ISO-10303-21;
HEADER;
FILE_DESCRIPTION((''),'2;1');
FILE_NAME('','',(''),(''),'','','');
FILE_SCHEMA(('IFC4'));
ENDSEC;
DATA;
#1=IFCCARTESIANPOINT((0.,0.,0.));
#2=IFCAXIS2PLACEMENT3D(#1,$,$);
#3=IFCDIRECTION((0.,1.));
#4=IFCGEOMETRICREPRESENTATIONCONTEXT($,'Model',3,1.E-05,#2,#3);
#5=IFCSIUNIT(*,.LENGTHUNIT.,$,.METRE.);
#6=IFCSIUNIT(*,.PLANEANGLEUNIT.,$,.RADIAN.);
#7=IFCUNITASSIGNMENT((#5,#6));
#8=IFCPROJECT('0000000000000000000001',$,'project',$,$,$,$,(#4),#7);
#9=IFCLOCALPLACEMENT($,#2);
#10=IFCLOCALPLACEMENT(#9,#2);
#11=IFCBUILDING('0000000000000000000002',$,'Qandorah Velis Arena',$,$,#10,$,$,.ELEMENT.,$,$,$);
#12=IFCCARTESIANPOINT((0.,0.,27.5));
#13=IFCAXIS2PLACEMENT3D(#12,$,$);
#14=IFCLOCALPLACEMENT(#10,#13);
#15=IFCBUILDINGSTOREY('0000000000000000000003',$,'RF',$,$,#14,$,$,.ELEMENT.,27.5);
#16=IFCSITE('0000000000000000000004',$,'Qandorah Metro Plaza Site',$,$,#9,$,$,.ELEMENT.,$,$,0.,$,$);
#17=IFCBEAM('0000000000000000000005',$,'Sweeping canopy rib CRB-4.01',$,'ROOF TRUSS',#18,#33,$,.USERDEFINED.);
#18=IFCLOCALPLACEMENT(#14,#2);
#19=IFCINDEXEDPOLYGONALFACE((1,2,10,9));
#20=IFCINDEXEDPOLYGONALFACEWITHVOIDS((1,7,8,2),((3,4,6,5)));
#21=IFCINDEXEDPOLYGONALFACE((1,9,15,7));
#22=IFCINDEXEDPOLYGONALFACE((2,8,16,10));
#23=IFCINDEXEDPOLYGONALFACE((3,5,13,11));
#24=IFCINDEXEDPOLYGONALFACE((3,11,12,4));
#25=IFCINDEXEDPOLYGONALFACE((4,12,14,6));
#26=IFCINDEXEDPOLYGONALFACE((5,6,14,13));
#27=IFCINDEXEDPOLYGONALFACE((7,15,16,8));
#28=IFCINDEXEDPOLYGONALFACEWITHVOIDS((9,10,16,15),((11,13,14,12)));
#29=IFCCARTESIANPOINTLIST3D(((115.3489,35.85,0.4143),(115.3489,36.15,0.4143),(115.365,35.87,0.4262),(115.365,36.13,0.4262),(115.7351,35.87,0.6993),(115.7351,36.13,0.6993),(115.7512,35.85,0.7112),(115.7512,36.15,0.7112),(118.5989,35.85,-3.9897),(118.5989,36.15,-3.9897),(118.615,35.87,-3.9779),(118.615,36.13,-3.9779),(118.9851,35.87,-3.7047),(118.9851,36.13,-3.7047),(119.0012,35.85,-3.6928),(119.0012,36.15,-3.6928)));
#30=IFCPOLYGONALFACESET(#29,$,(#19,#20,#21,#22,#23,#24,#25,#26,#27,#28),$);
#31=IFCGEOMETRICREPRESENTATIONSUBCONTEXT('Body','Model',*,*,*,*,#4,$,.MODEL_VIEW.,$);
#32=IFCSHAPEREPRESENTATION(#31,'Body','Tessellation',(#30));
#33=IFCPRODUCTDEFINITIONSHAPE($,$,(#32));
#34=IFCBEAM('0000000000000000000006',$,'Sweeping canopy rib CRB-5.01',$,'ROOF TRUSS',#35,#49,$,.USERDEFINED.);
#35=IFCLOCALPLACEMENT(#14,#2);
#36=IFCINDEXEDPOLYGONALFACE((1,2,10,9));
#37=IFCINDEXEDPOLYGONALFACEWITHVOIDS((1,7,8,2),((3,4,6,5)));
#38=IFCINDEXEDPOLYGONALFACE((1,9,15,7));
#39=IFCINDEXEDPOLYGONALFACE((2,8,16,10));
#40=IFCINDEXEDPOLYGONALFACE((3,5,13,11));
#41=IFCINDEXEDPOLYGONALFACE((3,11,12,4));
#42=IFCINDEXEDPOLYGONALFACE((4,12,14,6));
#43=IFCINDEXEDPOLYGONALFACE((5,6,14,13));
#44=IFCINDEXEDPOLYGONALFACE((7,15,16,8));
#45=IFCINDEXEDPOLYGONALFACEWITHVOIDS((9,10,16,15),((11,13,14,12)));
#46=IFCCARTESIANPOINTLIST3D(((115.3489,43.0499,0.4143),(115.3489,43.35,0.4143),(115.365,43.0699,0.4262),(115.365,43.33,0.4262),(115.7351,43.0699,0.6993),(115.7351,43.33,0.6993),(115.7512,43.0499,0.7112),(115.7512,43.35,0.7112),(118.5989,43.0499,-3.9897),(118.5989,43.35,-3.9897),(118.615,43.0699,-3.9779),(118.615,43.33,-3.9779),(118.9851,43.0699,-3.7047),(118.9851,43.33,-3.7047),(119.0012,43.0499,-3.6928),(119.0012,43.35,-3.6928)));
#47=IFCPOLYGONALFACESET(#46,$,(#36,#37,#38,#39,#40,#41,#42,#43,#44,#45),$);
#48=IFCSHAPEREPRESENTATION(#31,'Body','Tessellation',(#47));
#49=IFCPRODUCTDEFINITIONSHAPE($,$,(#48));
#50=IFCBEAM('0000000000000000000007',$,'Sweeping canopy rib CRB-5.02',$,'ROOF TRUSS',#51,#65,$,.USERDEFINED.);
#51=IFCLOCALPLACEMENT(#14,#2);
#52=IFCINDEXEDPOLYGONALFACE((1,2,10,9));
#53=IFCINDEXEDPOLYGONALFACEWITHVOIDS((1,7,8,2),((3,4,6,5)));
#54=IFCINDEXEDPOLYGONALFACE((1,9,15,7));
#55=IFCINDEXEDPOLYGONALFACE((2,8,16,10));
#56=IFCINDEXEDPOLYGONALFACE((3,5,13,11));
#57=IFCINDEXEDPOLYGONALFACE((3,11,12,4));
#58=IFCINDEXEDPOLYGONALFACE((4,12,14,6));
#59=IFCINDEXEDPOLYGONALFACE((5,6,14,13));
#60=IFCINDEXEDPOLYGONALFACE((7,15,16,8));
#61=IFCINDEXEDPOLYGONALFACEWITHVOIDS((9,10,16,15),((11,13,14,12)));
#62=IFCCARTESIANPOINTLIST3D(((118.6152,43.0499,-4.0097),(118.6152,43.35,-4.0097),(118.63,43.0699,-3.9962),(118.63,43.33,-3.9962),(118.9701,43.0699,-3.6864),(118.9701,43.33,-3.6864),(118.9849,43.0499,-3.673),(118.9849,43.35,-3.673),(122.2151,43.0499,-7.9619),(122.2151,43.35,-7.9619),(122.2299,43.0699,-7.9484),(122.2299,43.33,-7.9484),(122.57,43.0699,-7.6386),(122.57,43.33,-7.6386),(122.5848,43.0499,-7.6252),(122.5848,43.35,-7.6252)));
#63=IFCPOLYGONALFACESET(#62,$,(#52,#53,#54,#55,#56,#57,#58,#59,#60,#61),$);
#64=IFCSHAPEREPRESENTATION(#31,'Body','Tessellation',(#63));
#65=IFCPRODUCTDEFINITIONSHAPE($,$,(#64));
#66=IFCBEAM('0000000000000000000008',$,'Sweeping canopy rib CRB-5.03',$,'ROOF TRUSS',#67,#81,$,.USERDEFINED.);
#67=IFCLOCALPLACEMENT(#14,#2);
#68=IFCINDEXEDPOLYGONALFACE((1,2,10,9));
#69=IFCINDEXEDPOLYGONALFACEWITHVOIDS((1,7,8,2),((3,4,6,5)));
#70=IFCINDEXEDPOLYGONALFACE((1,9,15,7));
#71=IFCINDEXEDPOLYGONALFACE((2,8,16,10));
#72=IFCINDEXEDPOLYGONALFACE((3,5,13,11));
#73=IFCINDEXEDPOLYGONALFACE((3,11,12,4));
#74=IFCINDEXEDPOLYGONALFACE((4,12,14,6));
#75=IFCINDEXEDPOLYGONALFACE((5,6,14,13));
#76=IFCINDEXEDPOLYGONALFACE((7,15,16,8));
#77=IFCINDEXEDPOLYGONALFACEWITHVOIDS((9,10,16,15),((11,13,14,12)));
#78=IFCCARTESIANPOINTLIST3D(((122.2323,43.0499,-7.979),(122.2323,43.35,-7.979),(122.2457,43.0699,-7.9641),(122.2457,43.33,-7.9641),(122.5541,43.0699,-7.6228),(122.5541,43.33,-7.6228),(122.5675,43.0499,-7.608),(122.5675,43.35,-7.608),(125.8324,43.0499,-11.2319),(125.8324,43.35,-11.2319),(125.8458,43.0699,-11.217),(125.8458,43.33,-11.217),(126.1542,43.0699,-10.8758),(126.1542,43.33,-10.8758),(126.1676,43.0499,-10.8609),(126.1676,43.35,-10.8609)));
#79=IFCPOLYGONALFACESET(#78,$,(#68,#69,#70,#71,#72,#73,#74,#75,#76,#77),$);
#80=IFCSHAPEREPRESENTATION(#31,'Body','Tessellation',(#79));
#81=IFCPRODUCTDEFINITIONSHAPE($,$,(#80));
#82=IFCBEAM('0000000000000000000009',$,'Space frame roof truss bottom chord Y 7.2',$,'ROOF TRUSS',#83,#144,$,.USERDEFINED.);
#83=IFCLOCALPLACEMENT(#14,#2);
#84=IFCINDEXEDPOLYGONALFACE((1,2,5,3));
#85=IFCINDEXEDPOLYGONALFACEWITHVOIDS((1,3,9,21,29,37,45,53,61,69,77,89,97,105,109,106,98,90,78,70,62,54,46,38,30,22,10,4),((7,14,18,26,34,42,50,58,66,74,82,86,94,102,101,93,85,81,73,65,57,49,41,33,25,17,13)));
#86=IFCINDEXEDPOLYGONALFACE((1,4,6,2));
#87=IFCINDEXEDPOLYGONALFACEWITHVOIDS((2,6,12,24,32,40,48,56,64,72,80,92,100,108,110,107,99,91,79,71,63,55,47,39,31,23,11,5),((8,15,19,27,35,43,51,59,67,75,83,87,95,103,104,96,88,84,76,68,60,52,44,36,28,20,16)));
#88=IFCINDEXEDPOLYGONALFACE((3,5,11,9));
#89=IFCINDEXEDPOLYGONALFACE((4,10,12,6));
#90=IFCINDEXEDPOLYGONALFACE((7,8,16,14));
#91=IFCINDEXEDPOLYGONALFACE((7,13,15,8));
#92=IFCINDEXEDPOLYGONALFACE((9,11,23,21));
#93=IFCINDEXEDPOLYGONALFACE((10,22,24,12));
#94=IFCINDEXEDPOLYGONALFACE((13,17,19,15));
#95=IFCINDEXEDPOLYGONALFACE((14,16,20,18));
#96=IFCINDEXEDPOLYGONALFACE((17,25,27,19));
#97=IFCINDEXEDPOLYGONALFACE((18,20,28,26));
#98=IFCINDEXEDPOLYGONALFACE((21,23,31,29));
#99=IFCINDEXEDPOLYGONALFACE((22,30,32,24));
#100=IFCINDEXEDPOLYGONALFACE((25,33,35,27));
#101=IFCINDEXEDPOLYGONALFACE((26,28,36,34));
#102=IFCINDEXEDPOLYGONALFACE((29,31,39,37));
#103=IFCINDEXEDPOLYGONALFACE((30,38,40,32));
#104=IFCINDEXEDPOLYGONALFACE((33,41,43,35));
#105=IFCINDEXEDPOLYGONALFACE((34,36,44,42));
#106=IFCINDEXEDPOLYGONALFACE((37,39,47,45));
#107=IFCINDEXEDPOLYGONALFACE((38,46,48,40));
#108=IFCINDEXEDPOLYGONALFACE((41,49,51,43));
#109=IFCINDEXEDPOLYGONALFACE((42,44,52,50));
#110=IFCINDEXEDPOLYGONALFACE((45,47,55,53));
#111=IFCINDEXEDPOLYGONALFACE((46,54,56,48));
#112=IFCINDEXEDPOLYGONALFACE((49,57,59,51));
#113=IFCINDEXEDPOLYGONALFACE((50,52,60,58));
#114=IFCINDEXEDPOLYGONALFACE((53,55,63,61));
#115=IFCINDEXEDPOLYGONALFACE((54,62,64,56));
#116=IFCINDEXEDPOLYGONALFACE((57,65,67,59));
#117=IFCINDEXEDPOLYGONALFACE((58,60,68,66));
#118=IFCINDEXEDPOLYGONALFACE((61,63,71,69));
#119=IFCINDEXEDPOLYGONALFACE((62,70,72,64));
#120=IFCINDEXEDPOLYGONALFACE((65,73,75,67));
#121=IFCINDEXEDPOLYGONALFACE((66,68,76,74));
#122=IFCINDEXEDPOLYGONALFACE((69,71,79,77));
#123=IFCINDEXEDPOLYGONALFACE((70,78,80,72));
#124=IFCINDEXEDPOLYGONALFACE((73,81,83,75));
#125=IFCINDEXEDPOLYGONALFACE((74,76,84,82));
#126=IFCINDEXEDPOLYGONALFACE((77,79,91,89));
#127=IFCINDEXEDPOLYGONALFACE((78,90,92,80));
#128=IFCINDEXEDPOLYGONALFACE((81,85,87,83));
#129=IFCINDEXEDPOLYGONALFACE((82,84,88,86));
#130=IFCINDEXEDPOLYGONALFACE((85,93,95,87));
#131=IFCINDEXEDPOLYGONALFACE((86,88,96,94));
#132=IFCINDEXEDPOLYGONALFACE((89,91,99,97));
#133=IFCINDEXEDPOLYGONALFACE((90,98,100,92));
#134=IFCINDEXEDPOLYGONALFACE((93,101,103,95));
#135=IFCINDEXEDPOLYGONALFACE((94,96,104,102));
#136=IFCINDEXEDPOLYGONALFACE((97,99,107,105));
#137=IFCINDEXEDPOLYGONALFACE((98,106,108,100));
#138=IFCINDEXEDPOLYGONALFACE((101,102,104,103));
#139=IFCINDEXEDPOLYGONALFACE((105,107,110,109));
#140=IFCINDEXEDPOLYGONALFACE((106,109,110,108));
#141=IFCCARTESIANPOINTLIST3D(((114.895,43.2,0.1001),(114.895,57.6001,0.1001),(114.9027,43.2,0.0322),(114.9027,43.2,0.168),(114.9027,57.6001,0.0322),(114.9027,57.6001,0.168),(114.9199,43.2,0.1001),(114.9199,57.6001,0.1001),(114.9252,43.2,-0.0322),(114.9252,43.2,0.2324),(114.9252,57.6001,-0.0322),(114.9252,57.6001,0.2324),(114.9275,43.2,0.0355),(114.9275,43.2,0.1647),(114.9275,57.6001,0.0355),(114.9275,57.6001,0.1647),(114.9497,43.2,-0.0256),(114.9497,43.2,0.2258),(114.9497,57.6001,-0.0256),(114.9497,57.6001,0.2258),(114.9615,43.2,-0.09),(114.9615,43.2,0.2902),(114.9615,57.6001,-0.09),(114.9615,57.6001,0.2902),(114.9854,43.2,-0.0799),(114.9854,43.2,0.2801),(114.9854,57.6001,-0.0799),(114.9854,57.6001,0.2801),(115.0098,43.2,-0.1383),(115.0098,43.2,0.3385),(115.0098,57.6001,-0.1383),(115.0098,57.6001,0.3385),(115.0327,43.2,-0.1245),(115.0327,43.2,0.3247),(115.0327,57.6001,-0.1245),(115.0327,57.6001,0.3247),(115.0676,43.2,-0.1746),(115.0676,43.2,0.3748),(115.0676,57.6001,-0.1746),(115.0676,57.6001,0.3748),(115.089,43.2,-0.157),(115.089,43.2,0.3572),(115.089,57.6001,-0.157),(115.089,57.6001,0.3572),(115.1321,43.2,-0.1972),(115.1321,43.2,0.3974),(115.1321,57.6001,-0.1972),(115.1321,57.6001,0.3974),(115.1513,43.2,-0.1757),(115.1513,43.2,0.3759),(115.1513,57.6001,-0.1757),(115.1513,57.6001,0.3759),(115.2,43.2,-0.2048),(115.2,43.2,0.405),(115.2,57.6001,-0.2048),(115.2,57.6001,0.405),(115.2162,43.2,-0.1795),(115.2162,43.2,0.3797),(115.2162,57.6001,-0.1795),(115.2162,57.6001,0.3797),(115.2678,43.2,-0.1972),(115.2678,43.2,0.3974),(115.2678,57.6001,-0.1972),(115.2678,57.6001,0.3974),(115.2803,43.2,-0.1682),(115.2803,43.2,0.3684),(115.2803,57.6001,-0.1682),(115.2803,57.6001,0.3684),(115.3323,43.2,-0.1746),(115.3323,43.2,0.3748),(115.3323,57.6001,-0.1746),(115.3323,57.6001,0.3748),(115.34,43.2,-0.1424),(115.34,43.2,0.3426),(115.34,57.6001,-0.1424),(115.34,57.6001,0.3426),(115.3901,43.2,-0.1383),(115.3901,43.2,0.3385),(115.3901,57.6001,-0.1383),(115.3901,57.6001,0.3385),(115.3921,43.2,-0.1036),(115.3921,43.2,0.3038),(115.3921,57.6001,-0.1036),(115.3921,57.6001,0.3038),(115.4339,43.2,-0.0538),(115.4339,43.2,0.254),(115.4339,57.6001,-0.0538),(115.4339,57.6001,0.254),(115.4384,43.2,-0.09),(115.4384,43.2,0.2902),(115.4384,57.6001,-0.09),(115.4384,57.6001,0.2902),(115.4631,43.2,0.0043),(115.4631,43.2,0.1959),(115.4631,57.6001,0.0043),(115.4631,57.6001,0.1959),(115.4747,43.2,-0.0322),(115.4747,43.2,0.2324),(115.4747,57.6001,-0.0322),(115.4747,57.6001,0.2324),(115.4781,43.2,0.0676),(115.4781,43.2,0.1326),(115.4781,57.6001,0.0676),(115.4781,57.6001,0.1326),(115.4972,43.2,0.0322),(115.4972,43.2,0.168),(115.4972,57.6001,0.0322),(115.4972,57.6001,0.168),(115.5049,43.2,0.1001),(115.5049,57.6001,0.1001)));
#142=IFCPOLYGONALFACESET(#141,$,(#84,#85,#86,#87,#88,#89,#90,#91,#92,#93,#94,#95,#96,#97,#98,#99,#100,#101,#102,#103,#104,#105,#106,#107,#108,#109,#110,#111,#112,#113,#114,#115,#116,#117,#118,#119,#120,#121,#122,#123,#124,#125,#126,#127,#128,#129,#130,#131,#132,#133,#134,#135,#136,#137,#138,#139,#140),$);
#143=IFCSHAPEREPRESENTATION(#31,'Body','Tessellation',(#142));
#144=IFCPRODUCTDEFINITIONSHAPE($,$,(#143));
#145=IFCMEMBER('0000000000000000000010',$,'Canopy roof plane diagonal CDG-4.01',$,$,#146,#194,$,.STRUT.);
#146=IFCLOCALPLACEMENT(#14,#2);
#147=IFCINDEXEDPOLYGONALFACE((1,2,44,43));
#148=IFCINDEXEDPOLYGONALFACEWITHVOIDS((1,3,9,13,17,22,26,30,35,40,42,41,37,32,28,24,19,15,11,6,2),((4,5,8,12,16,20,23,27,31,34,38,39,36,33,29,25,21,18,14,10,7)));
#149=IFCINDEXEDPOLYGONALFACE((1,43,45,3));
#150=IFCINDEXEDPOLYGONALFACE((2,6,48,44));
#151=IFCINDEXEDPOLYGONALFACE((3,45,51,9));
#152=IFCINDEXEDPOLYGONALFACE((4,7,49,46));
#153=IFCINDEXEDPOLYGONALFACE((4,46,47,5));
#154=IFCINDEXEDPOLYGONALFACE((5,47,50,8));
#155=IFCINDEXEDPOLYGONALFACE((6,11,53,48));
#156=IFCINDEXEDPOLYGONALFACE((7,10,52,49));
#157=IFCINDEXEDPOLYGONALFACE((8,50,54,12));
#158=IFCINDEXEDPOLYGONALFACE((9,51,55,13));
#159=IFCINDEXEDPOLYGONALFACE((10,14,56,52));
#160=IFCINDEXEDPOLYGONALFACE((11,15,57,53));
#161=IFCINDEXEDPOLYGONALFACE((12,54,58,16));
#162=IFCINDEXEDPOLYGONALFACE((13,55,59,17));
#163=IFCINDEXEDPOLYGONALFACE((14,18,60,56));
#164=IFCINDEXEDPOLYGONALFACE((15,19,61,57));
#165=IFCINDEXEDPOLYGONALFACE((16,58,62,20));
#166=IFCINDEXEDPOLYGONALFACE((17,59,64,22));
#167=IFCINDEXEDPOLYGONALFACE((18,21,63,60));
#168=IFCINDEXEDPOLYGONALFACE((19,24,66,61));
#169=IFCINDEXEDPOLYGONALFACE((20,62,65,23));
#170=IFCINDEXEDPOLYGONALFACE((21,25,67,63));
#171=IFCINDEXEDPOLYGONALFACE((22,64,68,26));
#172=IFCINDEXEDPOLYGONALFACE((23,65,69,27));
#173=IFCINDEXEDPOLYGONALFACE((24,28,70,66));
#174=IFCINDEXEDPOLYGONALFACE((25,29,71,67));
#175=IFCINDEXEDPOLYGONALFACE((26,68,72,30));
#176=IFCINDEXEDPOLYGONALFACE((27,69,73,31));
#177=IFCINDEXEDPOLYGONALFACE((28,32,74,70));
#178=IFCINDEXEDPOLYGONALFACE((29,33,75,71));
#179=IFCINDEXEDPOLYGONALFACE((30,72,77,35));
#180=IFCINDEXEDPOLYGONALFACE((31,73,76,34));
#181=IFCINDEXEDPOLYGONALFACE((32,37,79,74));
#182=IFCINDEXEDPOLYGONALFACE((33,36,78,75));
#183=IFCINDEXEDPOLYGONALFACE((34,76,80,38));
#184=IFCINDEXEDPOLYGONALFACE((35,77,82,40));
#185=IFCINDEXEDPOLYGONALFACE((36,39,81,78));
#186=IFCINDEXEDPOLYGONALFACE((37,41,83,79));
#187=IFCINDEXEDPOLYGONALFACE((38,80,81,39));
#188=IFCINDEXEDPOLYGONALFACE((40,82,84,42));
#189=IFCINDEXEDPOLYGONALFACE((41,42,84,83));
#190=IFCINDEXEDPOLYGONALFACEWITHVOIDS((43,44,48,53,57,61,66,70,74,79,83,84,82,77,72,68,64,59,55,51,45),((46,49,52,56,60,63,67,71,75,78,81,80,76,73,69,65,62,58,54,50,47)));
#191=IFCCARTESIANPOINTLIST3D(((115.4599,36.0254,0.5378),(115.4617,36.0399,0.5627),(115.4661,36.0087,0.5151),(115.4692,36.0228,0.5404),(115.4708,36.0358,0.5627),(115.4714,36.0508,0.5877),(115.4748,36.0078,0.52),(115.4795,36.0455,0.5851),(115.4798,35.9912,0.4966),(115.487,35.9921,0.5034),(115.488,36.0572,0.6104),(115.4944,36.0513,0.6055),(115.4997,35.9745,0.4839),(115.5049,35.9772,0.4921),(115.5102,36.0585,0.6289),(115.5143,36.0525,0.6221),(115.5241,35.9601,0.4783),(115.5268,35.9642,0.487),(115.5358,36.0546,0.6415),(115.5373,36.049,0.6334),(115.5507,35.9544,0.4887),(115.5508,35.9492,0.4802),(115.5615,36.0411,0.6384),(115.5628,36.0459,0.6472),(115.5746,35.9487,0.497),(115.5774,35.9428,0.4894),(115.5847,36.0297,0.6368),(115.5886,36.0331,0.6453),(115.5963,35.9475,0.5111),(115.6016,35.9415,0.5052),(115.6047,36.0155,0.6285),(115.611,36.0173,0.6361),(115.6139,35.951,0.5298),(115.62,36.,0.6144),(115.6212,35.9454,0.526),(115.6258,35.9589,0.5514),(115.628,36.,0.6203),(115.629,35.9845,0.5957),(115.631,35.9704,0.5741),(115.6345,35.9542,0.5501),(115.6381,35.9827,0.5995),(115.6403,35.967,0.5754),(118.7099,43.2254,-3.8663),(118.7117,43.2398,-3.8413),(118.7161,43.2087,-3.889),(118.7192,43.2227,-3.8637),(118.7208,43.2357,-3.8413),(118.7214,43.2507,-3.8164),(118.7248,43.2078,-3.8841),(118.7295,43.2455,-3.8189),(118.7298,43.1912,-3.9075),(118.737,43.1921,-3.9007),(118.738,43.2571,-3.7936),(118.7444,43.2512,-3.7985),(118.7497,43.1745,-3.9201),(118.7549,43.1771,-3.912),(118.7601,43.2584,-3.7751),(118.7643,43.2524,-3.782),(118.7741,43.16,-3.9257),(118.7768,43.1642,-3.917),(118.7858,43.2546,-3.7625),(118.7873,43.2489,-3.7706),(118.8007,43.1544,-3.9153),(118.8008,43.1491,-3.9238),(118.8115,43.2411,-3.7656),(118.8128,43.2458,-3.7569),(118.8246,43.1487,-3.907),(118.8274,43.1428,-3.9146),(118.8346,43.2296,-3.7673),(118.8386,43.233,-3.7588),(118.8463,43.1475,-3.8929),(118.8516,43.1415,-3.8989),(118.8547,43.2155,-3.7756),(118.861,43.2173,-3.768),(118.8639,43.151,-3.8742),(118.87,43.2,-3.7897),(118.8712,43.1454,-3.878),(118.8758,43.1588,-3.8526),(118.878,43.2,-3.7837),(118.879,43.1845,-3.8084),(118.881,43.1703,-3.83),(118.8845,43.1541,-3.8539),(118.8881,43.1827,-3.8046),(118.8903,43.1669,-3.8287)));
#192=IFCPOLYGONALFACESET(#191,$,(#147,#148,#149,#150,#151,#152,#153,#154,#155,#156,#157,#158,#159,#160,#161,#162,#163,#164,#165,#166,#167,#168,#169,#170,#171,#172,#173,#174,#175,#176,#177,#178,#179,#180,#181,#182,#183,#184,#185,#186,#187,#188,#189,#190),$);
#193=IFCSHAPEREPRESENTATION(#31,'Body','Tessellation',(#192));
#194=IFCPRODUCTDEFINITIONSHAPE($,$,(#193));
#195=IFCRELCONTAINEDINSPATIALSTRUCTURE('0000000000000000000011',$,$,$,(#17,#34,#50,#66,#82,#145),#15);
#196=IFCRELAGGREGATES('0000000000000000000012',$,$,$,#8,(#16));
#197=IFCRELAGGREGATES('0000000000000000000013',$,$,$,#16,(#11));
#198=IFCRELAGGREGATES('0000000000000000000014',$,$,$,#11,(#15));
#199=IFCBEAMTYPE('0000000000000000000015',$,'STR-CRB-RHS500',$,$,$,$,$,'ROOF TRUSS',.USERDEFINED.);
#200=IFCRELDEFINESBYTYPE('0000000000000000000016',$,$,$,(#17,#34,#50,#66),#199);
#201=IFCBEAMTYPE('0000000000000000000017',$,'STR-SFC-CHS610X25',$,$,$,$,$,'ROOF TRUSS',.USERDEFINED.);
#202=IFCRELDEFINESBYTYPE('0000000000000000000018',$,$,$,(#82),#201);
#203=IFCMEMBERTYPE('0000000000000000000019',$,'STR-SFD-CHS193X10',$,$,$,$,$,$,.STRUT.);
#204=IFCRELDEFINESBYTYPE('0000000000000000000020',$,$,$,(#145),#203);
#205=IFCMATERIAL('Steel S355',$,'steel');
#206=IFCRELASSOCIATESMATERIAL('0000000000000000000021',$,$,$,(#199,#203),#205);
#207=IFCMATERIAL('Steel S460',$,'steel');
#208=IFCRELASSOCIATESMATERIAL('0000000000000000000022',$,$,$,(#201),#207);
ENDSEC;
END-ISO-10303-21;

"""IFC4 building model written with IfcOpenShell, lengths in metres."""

from ifc_helpers import new_model, si_unit, direction, frame, origin, origin_2d, place, context, subcontext, project, spatial, hollow_rectangle, hollow_circle, extrude, material, material_profile, profile_set, type_object, element, save


model = new_model("IFC4")

# Units and contexts
model_context = context("Model", 3, precision=1e-05, world=origin(), true_north=direction((0.0, 1.0)))
body_context = subcontext(model_context, "Body", "Model", "MODEL_VIEW")
ifc_project = project(units=[si_unit("LENGTHUNIT", "METRE"), si_unit("PLANEANGLEUNIT", "RADIAN")], contexts=[model_context])

# Site, building, storey
site_placement = place(None, origin())
site = spatial("IfcSite", under=ifc_project, at=site_placement, Name="Qandorah Metro Plaza Site", CompositionType="ELEMENT", RefElevation=0.0)
building_placement = place(site_placement, origin())
building = spatial("IfcBuilding", under=site, at=building_placement, Name="Qandorah Velis Arena", CompositionType="ELEMENT")
storey_placement = place(building_placement, frame((0.0, 0.0, 27.5)))
storey = spatial("IfcBuildingStorey", under=building, at=storey_placement, Name="RF", CompositionType="ELEMENT", Elevation=27.5)

# Beams
ifc_material_1 = material(Name="Steel S355", Category="steel")
ifc_material_profile_1 = material_profile(ifc_material_1, hollow_rectangle(XDim=0.3, YDim=0.5, WallThickness=0.02, at=origin_2d()), Name="RHS 500x300x20")
ifc_profile_set_1 = profile_set([ifc_material_profile_1], Name="Steel S355")
beam_type_1 = type_object("IfcBeamType", Name="STR-CRB-RHS500", ElementType="ROOF TRUSS", PredefinedType="USERDEFINED", material=ifc_profile_set_1)
for number, where, z_axis, x_axis, name in (
    (1, (115.55, 36.0, 0.5627), (0.59378, 0.0, -0.804627), (0.0, 1.0, 0.0), "Sweeping canopy rib CRB-4.01"),
    (2, (115.55, 43.2, 0.5627), (0.59378, 0.0, -0.804627), (0.0, 1.0, 0.0), "Sweeping canopy rib CRB-5.01"),
):
    element("IfcBeam", number, at=place(storey_placement, frame(where, z_axis=z_axis, x_axis=x_axis)), inside=storey, type_object=beam_type_1, Name=name, ObjectType="ROOF TRUSS", PredefinedType="USERDEFINED", context=body_context, shape_type="SweptSolid", body=[
        extrude(hollow_rectangle(XDim=0.3, YDim=0.5, WallThickness=0.02, at=origin_2d()), origin(), (0.0, 0.0, 1.0), 5.4734),
    ])
beam_1_placement = place(storey_placement, frame((118.8, 43.2, -3.8413), z_axis=(0.673389, 0.0, -0.739289), x_axis=(0.0, 1.0, 0.0)))
element("IfcBeam", 3, at=beam_1_placement, inside=storey, type_object=beam_type_1, Name="Sweeping canopy rib CRB-5.02", ObjectType="ROOF TRUSS", PredefinedType="USERDEFINED", context=body_context, shape_type="SweptSolid", body=[
    extrude(hollow_rectangle(XDim=0.3, YDim=0.5, WallThickness=0.02, at=origin_2d()), origin(), (0.0, 0.0, 1.0), 5.3459),
])
beam_2_placement = place(storey_placement, frame((122.3999, 43.2, -7.7935), z_axis=(0.741977, 0.0, -0.670426), x_axis=(0.0, 1.0, 0.0)))
element("IfcBeam", 4, at=beam_2_placement, inside=storey, type_object=beam_type_1, Name="Sweeping canopy rib CRB-5.03", ObjectType="ROOF TRUSS", PredefinedType="USERDEFINED", context=body_context, shape_type="SweptSolid", body=[
    extrude(hollow_rectangle(XDim=0.3, YDim=0.5, WallThickness=0.02, at=origin_2d()), origin(), (0.0, 0.0, 1.0), 4.8521),
])
ifc_material_2 = material(Name="Steel S460", Category="steel")
ifc_material_profile_2 = material_profile(ifc_material_2, hollow_circle(Radius=0.3049, WallThickness=0.0249, at=origin_2d()), Name="CHS 610x25")
ifc_profile_set_2 = profile_set([ifc_material_profile_2], Name="Steel S460")
beam_type_2 = type_object("IfcBeamType", Name="STR-SFC-CHS610X25", ElementType="ROOF TRUSS", PredefinedType="USERDEFINED", material=ifc_profile_set_2)
beam_3_placement = place(storey_placement, frame((115.2, 43.2, 0.1001), z_axis=(0.0, 1.0, 0.0), x_axis=(-1.0, 0.0, 0.0)))
element("IfcBeam", 5, at=beam_3_placement, inside=storey, type_object=beam_type_2, Name="Space frame roof truss bottom chord Y 7.2", ObjectType="ROOF TRUSS", PredefinedType="USERDEFINED", context=body_context, shape_type="SweptSolid", body=[
    extrude(hollow_circle(Radius=0.3049, WallThickness=0.0249, at=origin_2d()), origin(), (0.0, 0.0, 1.0), 14.4001),
])

# Member
ifc_material_profile_3 = material_profile(ifc_material_1, hollow_circle(Radius=0.0969, WallThickness=0.01, at=origin_2d()), Name="CHS 193.7x10")
ifc_profile_set_3 = profile_set([ifc_material_profile_3], Name="Steel S355")
member_type_1 = type_object("IfcMemberType", Name="STR-SFD-CHS193X10", PredefinedType="STRUT", material=ifc_profile_set_3)
member_1_placement = place(storey_placement, frame((115.55, 36.0, 0.5627), z_axis=(0.359346, 0.796085, -0.486948), x_axis=(-0.911446, 0.411419, 0.0)))
element("IfcMember", 6, at=member_1_placement, inside=storey, type_object=member_type_1, Name="Canopy roof plane diagonal CDG-4.01", PredefinedType="STRUT", context=body_context, shape_type="SweptSolid", body=[
    extrude(hollow_circle(Radius=0.0969, WallThickness=0.01, at=origin_2d()), origin(), (0.0, 0.0, 1.0), 9.0442),
])

save(model, "model.ifc")
